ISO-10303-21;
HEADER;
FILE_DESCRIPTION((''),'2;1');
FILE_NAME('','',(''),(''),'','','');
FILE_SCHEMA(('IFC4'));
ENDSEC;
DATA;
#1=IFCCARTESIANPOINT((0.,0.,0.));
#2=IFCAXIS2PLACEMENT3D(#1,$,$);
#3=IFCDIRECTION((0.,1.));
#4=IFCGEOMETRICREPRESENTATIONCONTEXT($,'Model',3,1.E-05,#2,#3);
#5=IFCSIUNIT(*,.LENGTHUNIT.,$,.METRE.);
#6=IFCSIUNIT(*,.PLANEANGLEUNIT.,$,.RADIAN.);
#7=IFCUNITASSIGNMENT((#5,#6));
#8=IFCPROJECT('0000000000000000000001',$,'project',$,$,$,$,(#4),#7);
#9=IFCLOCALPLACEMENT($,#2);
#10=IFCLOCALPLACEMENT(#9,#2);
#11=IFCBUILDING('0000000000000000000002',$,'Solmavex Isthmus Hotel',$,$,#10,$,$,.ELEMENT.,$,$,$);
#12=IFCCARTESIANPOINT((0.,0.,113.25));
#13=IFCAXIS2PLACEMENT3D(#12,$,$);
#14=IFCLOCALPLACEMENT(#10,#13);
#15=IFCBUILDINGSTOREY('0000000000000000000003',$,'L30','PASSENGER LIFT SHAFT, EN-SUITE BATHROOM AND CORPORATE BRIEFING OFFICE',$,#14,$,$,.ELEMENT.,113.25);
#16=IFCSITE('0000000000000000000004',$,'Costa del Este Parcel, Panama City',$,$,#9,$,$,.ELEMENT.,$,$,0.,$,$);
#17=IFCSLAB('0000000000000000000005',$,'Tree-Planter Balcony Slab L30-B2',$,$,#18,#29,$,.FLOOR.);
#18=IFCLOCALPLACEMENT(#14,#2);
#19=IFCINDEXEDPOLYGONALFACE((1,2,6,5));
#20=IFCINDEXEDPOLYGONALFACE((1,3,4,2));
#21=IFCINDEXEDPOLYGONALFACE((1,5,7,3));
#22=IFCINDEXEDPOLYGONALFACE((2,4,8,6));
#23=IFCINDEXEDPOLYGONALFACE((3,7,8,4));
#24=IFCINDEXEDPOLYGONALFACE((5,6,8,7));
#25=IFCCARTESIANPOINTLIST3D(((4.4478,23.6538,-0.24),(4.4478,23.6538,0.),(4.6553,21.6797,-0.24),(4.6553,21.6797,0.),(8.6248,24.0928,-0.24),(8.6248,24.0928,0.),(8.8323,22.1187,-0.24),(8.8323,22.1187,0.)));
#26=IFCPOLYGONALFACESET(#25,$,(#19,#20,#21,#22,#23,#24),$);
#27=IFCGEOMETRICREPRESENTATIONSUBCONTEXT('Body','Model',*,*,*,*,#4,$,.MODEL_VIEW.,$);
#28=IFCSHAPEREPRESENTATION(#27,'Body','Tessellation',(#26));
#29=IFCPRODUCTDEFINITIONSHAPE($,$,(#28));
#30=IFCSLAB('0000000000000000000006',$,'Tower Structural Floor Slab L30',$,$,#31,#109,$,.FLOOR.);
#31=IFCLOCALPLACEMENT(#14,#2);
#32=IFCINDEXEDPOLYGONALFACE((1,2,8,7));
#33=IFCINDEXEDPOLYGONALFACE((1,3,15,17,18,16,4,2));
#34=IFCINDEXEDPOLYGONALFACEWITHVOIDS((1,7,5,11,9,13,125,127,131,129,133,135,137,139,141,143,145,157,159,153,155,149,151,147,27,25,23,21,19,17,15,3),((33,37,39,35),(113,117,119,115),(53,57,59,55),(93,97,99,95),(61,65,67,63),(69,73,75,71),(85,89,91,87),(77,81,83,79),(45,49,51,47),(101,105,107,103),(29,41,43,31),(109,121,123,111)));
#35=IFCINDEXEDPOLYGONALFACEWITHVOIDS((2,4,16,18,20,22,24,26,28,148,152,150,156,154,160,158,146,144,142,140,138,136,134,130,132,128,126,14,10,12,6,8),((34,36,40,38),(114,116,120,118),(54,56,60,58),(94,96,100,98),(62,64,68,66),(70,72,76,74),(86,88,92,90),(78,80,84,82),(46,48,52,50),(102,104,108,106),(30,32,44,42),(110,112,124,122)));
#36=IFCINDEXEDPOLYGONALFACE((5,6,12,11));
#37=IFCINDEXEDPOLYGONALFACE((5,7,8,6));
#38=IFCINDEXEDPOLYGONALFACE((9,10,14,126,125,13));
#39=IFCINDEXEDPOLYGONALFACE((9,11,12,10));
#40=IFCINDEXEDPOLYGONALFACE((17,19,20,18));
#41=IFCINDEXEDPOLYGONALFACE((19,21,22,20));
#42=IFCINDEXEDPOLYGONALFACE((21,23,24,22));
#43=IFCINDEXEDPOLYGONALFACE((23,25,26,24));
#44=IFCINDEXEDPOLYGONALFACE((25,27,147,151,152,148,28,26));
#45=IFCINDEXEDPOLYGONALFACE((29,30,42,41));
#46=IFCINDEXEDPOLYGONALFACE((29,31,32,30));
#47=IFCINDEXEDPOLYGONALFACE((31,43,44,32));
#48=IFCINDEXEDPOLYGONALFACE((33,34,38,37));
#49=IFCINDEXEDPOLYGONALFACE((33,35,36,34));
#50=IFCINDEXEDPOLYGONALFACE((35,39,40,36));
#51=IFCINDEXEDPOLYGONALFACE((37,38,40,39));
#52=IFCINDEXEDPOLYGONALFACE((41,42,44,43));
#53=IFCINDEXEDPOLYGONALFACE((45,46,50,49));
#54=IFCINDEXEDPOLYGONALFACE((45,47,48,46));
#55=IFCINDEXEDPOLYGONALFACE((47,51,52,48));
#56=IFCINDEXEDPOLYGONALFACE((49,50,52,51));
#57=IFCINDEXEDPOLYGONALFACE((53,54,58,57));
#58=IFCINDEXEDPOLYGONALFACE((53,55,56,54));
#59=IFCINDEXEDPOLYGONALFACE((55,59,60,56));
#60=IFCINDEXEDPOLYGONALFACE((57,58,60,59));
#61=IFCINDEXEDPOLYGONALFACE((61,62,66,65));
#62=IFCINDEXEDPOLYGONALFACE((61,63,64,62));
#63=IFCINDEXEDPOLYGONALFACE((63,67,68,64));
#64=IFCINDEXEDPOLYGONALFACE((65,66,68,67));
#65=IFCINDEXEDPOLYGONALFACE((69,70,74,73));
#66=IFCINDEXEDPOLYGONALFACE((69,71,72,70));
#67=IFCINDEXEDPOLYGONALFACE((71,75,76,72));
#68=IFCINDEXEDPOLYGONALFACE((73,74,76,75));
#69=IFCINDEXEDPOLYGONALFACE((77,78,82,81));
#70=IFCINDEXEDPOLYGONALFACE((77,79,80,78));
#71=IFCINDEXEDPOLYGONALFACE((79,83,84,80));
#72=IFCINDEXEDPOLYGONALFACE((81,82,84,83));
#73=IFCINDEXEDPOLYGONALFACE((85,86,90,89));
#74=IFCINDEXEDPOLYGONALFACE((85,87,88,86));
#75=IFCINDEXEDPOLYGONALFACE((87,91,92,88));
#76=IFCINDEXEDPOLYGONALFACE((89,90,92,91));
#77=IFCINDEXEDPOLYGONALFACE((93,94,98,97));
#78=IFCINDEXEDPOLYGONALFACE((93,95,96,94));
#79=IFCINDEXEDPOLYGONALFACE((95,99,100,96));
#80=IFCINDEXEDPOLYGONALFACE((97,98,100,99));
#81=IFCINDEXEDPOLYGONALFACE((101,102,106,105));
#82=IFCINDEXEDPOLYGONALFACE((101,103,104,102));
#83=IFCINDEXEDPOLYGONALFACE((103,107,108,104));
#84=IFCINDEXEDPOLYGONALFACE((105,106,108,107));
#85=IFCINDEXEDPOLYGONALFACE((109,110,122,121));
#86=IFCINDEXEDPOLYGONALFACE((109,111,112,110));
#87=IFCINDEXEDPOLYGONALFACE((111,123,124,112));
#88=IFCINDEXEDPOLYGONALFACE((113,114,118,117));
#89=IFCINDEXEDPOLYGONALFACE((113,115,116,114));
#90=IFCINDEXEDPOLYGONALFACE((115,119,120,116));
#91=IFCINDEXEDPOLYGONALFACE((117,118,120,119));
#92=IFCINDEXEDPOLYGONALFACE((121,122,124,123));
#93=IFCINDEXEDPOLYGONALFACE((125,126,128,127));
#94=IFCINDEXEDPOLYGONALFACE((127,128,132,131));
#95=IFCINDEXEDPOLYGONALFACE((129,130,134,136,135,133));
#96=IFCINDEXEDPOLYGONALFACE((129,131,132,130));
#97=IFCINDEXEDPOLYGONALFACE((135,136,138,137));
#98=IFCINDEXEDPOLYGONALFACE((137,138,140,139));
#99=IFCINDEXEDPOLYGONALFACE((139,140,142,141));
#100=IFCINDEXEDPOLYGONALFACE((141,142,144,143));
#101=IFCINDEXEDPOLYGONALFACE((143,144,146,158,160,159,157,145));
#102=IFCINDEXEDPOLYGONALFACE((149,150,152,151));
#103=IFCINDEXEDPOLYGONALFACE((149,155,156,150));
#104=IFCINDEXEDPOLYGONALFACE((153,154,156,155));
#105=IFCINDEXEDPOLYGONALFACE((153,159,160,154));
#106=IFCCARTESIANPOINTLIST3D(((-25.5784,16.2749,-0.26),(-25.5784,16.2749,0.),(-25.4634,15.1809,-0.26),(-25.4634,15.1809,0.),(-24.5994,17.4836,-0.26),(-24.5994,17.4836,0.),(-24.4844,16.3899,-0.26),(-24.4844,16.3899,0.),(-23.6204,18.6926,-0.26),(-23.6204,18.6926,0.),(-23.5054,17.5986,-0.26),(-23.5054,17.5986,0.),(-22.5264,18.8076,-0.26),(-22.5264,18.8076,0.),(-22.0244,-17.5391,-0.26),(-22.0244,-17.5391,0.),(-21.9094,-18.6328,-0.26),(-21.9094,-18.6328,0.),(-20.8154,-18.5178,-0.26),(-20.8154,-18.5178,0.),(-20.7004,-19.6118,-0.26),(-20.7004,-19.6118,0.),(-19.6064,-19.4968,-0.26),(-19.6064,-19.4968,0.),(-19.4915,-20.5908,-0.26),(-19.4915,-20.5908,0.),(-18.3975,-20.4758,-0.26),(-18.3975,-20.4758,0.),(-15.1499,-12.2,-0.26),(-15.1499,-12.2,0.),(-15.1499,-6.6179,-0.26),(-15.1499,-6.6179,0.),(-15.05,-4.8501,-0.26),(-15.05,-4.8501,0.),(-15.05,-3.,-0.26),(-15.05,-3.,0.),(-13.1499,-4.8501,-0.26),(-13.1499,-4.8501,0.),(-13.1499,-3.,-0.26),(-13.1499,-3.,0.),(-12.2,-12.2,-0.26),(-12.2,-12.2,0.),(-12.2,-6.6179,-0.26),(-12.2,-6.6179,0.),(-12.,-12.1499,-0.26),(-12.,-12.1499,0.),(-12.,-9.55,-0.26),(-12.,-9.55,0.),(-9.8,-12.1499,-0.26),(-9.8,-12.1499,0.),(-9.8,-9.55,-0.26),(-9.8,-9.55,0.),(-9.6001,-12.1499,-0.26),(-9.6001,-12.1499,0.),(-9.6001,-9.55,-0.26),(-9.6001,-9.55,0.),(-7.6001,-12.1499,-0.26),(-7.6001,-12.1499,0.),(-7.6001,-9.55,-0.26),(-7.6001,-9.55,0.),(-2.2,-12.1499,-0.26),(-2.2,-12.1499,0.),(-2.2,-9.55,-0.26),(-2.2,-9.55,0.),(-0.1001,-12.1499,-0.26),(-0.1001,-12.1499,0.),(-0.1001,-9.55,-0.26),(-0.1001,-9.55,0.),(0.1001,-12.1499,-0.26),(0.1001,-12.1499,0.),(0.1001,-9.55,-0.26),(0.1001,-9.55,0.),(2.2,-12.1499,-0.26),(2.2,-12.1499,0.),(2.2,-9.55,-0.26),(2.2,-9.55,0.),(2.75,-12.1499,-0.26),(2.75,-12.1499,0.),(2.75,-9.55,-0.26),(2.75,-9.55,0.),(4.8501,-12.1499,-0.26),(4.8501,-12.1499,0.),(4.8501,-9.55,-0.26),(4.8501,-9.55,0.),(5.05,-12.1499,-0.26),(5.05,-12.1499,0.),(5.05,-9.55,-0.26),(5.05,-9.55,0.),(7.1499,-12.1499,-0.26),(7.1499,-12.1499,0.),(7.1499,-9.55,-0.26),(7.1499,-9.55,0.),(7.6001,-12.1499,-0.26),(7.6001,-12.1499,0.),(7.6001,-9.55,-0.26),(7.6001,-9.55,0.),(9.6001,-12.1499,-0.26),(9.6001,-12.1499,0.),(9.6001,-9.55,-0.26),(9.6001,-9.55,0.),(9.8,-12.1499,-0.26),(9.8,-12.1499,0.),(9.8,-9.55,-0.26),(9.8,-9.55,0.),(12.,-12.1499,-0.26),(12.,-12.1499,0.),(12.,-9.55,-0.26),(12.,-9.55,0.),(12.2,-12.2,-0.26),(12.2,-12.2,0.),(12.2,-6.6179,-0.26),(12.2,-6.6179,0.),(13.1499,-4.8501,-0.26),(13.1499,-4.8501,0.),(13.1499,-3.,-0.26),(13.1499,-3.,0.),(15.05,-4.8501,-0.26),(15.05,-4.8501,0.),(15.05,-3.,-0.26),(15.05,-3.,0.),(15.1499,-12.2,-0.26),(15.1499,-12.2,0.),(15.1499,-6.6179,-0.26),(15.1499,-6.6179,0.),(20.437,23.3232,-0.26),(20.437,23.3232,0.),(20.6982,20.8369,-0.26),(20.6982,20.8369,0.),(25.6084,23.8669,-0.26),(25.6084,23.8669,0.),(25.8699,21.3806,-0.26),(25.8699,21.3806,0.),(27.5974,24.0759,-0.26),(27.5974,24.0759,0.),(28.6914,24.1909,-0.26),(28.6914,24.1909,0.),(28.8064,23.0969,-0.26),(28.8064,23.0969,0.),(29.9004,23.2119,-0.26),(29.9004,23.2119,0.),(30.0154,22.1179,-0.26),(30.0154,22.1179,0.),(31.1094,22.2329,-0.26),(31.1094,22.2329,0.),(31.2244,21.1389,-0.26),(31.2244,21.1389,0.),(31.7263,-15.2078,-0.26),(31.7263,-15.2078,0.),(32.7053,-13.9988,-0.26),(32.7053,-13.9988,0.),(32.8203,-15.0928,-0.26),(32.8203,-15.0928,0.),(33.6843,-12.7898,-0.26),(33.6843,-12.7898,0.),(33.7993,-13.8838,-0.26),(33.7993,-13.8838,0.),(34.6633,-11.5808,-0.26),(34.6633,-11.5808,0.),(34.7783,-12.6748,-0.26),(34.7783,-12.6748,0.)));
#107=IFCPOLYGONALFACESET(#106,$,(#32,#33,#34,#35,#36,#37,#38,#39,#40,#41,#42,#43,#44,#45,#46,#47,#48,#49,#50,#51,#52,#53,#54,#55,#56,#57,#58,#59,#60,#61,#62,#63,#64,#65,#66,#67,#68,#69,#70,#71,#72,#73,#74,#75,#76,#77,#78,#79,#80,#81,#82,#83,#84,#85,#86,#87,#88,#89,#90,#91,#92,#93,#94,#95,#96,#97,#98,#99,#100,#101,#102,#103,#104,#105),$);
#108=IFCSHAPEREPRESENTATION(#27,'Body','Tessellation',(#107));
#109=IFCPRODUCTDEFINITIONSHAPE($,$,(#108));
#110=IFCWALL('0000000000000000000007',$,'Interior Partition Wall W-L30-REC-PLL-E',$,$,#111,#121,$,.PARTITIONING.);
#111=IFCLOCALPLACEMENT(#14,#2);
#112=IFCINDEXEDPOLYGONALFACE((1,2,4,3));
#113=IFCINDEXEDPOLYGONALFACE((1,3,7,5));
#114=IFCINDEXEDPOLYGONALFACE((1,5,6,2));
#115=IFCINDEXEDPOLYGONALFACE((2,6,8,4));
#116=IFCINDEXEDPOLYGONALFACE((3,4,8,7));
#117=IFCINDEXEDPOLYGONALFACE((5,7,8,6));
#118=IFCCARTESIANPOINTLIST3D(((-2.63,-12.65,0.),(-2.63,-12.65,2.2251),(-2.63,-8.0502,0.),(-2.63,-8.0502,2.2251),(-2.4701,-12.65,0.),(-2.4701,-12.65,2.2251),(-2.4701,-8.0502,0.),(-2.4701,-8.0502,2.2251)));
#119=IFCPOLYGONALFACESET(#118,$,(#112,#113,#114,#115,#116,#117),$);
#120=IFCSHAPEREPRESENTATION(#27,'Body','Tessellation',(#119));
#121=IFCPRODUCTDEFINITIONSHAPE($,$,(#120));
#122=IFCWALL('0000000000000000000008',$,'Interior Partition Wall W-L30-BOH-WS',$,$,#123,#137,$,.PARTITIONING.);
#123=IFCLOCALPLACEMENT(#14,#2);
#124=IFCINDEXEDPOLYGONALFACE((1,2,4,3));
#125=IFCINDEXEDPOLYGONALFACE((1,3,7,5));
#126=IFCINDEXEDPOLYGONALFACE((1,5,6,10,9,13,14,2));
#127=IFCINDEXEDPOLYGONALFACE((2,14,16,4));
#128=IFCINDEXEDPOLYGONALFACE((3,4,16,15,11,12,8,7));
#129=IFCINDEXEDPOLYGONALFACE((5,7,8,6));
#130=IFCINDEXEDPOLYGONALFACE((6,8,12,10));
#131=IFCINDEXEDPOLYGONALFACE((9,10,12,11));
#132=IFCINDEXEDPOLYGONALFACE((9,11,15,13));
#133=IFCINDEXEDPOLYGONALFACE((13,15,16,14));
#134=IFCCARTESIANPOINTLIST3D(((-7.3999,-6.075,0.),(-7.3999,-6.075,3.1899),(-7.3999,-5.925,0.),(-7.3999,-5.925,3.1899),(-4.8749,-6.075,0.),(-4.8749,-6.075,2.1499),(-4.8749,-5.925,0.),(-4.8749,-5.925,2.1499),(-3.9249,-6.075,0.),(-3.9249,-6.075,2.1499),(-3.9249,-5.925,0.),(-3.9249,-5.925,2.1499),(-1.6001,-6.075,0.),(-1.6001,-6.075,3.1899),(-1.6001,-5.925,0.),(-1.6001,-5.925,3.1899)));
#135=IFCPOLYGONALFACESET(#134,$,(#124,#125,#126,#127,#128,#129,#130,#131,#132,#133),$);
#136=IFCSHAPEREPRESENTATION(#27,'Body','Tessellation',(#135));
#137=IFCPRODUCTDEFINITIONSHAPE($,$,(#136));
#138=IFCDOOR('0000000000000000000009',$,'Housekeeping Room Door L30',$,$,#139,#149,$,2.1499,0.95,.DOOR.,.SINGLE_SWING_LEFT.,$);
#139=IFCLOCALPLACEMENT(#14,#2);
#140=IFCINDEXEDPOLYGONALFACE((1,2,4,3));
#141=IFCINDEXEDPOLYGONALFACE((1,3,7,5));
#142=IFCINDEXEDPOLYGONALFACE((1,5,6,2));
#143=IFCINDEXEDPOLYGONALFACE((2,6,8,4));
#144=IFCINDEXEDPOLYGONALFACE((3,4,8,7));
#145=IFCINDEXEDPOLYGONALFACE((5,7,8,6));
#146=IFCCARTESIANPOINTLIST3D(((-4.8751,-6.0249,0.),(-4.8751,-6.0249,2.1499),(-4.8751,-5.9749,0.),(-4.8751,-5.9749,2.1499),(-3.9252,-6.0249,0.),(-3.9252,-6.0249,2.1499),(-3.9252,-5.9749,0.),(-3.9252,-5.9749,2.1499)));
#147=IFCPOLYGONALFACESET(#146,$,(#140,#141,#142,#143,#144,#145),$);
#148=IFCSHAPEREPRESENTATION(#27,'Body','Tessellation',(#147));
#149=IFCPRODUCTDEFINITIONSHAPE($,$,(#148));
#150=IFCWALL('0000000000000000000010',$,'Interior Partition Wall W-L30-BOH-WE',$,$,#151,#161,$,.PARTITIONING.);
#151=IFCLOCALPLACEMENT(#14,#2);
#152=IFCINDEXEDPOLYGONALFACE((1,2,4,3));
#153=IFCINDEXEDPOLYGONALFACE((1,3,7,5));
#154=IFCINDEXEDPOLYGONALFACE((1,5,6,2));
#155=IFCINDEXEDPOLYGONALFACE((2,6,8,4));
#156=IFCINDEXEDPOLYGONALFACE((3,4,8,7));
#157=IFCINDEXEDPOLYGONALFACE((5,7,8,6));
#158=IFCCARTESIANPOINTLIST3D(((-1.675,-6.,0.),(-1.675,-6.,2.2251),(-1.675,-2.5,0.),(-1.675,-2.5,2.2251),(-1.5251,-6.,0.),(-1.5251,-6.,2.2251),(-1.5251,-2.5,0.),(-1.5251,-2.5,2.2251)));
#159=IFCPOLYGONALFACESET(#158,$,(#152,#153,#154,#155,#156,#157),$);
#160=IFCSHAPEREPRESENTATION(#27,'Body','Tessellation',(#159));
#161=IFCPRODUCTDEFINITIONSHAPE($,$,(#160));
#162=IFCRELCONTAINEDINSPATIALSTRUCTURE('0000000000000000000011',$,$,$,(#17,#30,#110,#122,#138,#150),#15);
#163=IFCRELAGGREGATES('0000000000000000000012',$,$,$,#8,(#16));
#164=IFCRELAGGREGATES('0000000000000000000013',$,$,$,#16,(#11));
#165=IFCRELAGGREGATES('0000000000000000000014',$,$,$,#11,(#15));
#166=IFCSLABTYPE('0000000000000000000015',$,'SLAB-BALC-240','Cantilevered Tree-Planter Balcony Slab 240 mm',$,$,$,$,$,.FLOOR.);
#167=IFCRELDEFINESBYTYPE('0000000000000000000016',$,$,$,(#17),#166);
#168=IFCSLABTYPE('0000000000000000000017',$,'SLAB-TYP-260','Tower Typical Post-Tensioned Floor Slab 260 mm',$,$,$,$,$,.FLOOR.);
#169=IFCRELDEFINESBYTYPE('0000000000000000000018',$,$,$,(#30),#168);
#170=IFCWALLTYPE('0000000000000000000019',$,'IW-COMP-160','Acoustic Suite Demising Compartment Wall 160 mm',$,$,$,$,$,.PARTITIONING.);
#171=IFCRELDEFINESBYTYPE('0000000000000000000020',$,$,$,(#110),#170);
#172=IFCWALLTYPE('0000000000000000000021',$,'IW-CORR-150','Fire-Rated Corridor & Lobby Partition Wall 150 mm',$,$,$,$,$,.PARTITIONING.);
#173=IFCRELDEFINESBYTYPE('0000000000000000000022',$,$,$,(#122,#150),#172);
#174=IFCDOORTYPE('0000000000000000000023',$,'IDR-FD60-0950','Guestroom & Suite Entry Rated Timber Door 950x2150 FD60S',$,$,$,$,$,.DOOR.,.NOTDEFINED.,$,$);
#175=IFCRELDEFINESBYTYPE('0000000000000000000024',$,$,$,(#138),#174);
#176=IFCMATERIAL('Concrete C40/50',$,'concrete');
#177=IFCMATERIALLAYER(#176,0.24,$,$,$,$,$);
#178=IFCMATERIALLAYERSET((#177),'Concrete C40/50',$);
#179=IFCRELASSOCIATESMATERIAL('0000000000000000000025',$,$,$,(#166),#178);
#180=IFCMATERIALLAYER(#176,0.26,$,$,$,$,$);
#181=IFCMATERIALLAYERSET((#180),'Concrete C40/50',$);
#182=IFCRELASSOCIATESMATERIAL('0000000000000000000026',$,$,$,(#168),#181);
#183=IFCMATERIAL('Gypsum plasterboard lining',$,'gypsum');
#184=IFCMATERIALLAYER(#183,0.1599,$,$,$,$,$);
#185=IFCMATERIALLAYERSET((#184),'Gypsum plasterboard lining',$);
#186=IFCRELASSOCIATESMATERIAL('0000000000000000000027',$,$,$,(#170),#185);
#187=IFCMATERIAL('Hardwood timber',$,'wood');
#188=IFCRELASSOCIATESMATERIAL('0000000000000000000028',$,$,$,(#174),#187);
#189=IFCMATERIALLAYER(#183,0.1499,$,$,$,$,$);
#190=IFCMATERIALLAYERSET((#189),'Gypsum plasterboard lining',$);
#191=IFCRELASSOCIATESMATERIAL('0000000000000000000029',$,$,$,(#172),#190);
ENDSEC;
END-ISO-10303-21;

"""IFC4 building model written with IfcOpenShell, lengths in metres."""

from ifc_helpers import new_model, si_unit, direction, frame, frame_2d, origin, place, context, subcontext, project, spatial, polyline, rectangle, outline, extrude, material, layer, layer_set, type_object, element, fill, save


model = new_model("IFC4")

# Units and contexts
model_context = context("Model", 3, precision=1e-05, world=origin(), true_north=direction((0.0, 1.0)))
body_context = subcontext(model_context, "Body", "Model", "MODEL_VIEW")
ifc_project = project(units=[si_unit("LENGTHUNIT", "METRE"), si_unit("PLANEANGLEUNIT", "RADIAN")], contexts=[model_context])

# Site, building, storey
site_placement = place(None, origin())
site = spatial("IfcSite", under=ifc_project, at=site_placement, Name="Costa del Este Parcel, Panama City", CompositionType="ELEMENT", RefElevation=0.0)
building_placement = place(site_placement, origin())
building = spatial("IfcBuilding", under=site, at=building_placement, Name="Solmavex Isthmus Hotel", CompositionType="ELEMENT")
storey_placement = place(building_placement, frame((0.0, 0.0, 113.25)))
storey = spatial("IfcBuildingStorey", under=building, at=storey_placement, Name="L30", Description="PASSENGER LIFT SHAFT, EN-SUITE BATHROOM AND CORPORATE BRIEFING OFFICE", CompositionType="ELEMENT", Elevation=113.25)

# Slabs
ifc_material_1 = material(Name="Concrete C40/50", Category="concrete")
ifc_layer_1 = layer(ifc_material_1, 0.24)
ifc_layer_set_1 = layer_set([ifc_layer_1], Name="Concrete C40/50")
slab_type_1 = type_object("IfcSlabType", Name="SLAB-BALC-240", Description="Cantilevered Tree-Planter Balcony Slab 240 mm", PredefinedType="FLOOR", material=ifc_layer_set_1)
slab_1_placement = place(storey_placement, frame((0.0, 0.0, -0.24)))
element("IfcSlab", 1, at=slab_1_placement, inside=storey, type_object=slab_type_1, Name="Tree-Planter Balcony Slab L30-B2", PredefinedType="FLOOR", context=body_context, shape_type="SweptSolid", body=[
    extrude(outline(polyline([(4.6553, 21.6797), (8.8323, 22.1187), (8.6248, 24.0928), (4.4478, 23.6538), (4.6553, 21.6797)])), origin(), (0.0, 0.0, 1.0), 0.24),
])
ifc_layer_2 = layer(ifc_material_1, 0.26)
ifc_layer_set_2 = layer_set([ifc_layer_2], Name="Concrete C40/50")
slab_type_2 = type_object("IfcSlabType", Name="SLAB-TYP-260", Description="Tower Typical Post-Tensioned Floor Slab 260 mm", PredefinedType="FLOOR", material=ifc_layer_set_2)
slab_2_placement = place(storey_placement, frame((0.0, 0.0, -0.26)))
element("IfcSlab", 2, at=slab_2_placement, inside=storey, type_object=slab_type_2, Name="Tower Structural Floor Slab L30", PredefinedType="FLOOR", context=body_context, shape_type="SweptSolid", body=[
    extrude(outline(polyline([(22.8057, 23.5723), (25.6084, 23.8669), (25.8699, 21.3806), (20.6982, 20.8369), (20.437, 23.3232), (-22.5264, 18.8076), (-23.6204, 18.6926), (-23.5054, 17.5986), (-24.5994, 17.4836), (-24.4844, 16.3899), (-25.5784, 16.2749), (-25.4634, 15.1809), (-22.0244, -17.5391), (-21.9094, -18.6328), (-20.8154, -18.5178), (-20.7004, -19.6118), (-19.6064, -19.4968), (-19.4915, -20.5908), (-18.3975, -20.4758), (31.7263, -15.2078), (32.8203, -15.0928), (32.7053, -13.9988), (33.7993, -13.8838), (33.6843, -12.7898), (34.7783, -12.6748), (34.6633, -11.5808), (31.2244, 21.1389), (31.1094, 22.2329), (30.0154, 22.1179), (29.9004, 23.2119), (28.8064, 23.0969), (28.6914, 24.1909), (27.5974, 24.0759), (22.8057, 23.5723)]), holes=[polyline([(-15.1499, -6.6179), (-15.1499, -12.2), (-12.2, -12.2), (-12.2, -6.6179), (-15.1499, -6.6179)]), polyline([(12.2, -6.6179), (12.2, -12.2), (15.1499, -12.2), (15.1499, -6.6179), (12.2, -6.6179)]), polyline([(-12.0, -12.1499), (-9.8, -12.1499), (-9.8, -9.55), (-12.0, -9.55), (-12.0, -12.1499)]), polyline([(9.8, -12.1499), (12.0, -12.1499), (12.0, -9.55), (9.8, -9.55), (9.8, -12.1499)]), polyline([(-9.6001, -12.1499), (-7.6001, -12.1499), (-7.6001, -9.55), (-9.6001, -9.55), (-9.6001, -12.1499)]), polyline([(7.6001, -12.1499), (9.6001, -12.1499), (9.6001, -9.55), (7.6001, -9.55), (7.6001, -12.1499)]), polyline([(-2.2, -12.1499), (-0.1001, -12.1499), (-0.1001, -9.55), (-2.2, -9.55), (-2.2, -12.1499)]), polyline([(0.1001, -12.1499), (2.2, -12.1499), (2.2, -9.55), (0.1001, -9.55), (0.1001, -12.1499)]), polyline([(2.75, -12.1499), (4.8501, -12.1499), (4.8501, -9.55), (2.75, -9.55), (2.75, -12.1499)]), polyline([(5.05, -12.1499), (7.1499, -12.1499), (7.1499, -9.55), (5.05, -9.55), (5.05, -12.1499)]), polyline([(-15.05, -4.8501), (-13.1499, -4.8501), (-13.1499, -3.0), (-15.05, -3.0), (-15.05, -4.8501)]), polyline([(13.1499, -4.8501), (15.05, -4.8501), (15.05, -3.0), (13.1499, -3.0), (13.1499, -4.8501)])]), origin(), (0.0, 0.0, 1.0), 0.26),
])

# Shared definitions
ifc_material_2 = material(Name="Gypsum plasterboard lining", Category="gypsum")
ifc_layer_3 = layer(ifc_material_2, 0.1599)
ifc_layer_set_3 = layer_set([ifc_layer_3], Name="Gypsum plasterboard lining")
wall_type_1 = type_object("IfcWallType", Name="IW-COMP-160", Description="Acoustic Suite Demising Compartment Wall 160 mm", PredefinedType="PARTITIONING", material=ifc_layer_set_3)
ifc_material_3 = material(Name="Hardwood timber", Category="wood")
door_type_1 = type_object("IfcDoorType", Name="IDR-FD60-0950", Description="Guestroom & Suite Entry Rated Timber Door 950x2150 FD60S", OperationType="NOTDEFINED", PredefinedType="DOOR", material=ifc_material_3)

# Wall
wall_1_placement = place(storey_placement, frame((-2.55, -12.6499, 0.0), z_axis=(0.0, 0.0, 1.0), x_axis=(0.0, 1.0, 0.0)))
element("IfcWall", 3, at=wall_1_placement, inside=storey, type_object=wall_type_1, Name="Interior Partition Wall W-L30-REC-PLL-E", PredefinedType="PARTITIONING", context=body_context, shape_type="SweptSolid", body=[
    extrude(rectangle(XDim=4.5999, YDim=0.1599, at=frame_2d((2.2998, 0.0))), origin(), (0.0, 0.0, 1.0), 2.2251),
])

# Wall, opening, door
ifc_layer_4 = layer(ifc_material_2, 0.1499)
ifc_layer_set_4 = layer_set([ifc_layer_4], Name="Gypsum plasterboard lining")
wall_type_2 = type_object("IfcWallType", Name="IW-CORR-150", Description="Fire-Rated Corridor & Lobby Partition Wall 150 mm", PredefinedType="PARTITIONING", material=ifc_layer_set_4)
wall_2_placement = place(storey_placement, frame((-7.3999, -6.0, 0.0), z_axis=(0.0, 0.0, 1.0), x_axis=(1.0, 0.0, 0.0)))
wall_2 = element("IfcWall", 4, at=wall_2_placement, inside=storey, type_object=wall_type_2, Name="Interior Partition Wall W-L30-BOH-WS", PredefinedType="PARTITIONING", context=body_context, shape_type="SweptSolid", body=[
    extrude(rectangle(XDim=5.7998, YDim=0.1499, at=frame_2d((2.8999, 0.0))), origin(), (0.0, 0.0, 1.0), 3.1899),
])
opening_1_placement = place(wall_2_placement, frame((2.5249, 0.0, 0.0)))
opening_1 = element("IfcOpeningElement", 5, at=opening_1_placement, cuts=wall_2, PredefinedType="OPENING", context=body_context, shape_type="SweptSolid", body=[
    extrude(rectangle(XDim=0.95, YDim=2.1499, at=frame_2d((0.4751, 1.075))), frame((0.0, 0.085, 0.0), z_axis=(0.0, -1.0, 0.0), x_axis=(1.0, 0.0, 0.0)), (0.0, 0.0, 1.0), 0.1699),
])
door_1_placement = place(opening_1_placement, frame((0.95, 0.0, 0.0), z_axis=(0.0, 0.0, 1.0), x_axis=(-1.0, 0.0, 0.0)))
door_1 = element("IfcDoor", 6, at=door_1_placement, inside=storey, type_object=door_type_1, Name="Housekeeping Room Door L30", OperationType="SINGLE_SWING_LEFT", OverallHeight=2.1499, OverallWidth=0.95, PredefinedType="DOOR", context=body_context, shape_type="SweptSolid", body=[
    extrude(rectangle(XDim=0.95, YDim=2.1499, at=frame_2d((0.4751, 1.075))), frame((0.0, 0.0249, 0.0), z_axis=(0.0, -1.0, 0.0), x_axis=(1.0, 0.0, 0.0)), (0.0, 0.0, 1.0), 0.05),
])
fill(opening_1, door_1)

# Wall
wall_3_placement = place(storey_placement, frame((-1.6001, -6.0, 0.0), z_axis=(0.0, 0.0, 1.0), x_axis=(0.0, 1.0, 0.0)))
element("IfcWall", 7, at=wall_3_placement, inside=storey, type_object=wall_type_2, Name="Interior Partition Wall W-L30-BOH-WE", PredefinedType="PARTITIONING", context=body_context, shape_type="SweptSolid", body=[
    extrude(rectangle(XDim=3.5, YDim=0.1499, at=frame_2d((1.75, 0.0))), origin(), (0.0, 0.0, 1.0), 2.2251),
])

save(model, "model.ifc")
